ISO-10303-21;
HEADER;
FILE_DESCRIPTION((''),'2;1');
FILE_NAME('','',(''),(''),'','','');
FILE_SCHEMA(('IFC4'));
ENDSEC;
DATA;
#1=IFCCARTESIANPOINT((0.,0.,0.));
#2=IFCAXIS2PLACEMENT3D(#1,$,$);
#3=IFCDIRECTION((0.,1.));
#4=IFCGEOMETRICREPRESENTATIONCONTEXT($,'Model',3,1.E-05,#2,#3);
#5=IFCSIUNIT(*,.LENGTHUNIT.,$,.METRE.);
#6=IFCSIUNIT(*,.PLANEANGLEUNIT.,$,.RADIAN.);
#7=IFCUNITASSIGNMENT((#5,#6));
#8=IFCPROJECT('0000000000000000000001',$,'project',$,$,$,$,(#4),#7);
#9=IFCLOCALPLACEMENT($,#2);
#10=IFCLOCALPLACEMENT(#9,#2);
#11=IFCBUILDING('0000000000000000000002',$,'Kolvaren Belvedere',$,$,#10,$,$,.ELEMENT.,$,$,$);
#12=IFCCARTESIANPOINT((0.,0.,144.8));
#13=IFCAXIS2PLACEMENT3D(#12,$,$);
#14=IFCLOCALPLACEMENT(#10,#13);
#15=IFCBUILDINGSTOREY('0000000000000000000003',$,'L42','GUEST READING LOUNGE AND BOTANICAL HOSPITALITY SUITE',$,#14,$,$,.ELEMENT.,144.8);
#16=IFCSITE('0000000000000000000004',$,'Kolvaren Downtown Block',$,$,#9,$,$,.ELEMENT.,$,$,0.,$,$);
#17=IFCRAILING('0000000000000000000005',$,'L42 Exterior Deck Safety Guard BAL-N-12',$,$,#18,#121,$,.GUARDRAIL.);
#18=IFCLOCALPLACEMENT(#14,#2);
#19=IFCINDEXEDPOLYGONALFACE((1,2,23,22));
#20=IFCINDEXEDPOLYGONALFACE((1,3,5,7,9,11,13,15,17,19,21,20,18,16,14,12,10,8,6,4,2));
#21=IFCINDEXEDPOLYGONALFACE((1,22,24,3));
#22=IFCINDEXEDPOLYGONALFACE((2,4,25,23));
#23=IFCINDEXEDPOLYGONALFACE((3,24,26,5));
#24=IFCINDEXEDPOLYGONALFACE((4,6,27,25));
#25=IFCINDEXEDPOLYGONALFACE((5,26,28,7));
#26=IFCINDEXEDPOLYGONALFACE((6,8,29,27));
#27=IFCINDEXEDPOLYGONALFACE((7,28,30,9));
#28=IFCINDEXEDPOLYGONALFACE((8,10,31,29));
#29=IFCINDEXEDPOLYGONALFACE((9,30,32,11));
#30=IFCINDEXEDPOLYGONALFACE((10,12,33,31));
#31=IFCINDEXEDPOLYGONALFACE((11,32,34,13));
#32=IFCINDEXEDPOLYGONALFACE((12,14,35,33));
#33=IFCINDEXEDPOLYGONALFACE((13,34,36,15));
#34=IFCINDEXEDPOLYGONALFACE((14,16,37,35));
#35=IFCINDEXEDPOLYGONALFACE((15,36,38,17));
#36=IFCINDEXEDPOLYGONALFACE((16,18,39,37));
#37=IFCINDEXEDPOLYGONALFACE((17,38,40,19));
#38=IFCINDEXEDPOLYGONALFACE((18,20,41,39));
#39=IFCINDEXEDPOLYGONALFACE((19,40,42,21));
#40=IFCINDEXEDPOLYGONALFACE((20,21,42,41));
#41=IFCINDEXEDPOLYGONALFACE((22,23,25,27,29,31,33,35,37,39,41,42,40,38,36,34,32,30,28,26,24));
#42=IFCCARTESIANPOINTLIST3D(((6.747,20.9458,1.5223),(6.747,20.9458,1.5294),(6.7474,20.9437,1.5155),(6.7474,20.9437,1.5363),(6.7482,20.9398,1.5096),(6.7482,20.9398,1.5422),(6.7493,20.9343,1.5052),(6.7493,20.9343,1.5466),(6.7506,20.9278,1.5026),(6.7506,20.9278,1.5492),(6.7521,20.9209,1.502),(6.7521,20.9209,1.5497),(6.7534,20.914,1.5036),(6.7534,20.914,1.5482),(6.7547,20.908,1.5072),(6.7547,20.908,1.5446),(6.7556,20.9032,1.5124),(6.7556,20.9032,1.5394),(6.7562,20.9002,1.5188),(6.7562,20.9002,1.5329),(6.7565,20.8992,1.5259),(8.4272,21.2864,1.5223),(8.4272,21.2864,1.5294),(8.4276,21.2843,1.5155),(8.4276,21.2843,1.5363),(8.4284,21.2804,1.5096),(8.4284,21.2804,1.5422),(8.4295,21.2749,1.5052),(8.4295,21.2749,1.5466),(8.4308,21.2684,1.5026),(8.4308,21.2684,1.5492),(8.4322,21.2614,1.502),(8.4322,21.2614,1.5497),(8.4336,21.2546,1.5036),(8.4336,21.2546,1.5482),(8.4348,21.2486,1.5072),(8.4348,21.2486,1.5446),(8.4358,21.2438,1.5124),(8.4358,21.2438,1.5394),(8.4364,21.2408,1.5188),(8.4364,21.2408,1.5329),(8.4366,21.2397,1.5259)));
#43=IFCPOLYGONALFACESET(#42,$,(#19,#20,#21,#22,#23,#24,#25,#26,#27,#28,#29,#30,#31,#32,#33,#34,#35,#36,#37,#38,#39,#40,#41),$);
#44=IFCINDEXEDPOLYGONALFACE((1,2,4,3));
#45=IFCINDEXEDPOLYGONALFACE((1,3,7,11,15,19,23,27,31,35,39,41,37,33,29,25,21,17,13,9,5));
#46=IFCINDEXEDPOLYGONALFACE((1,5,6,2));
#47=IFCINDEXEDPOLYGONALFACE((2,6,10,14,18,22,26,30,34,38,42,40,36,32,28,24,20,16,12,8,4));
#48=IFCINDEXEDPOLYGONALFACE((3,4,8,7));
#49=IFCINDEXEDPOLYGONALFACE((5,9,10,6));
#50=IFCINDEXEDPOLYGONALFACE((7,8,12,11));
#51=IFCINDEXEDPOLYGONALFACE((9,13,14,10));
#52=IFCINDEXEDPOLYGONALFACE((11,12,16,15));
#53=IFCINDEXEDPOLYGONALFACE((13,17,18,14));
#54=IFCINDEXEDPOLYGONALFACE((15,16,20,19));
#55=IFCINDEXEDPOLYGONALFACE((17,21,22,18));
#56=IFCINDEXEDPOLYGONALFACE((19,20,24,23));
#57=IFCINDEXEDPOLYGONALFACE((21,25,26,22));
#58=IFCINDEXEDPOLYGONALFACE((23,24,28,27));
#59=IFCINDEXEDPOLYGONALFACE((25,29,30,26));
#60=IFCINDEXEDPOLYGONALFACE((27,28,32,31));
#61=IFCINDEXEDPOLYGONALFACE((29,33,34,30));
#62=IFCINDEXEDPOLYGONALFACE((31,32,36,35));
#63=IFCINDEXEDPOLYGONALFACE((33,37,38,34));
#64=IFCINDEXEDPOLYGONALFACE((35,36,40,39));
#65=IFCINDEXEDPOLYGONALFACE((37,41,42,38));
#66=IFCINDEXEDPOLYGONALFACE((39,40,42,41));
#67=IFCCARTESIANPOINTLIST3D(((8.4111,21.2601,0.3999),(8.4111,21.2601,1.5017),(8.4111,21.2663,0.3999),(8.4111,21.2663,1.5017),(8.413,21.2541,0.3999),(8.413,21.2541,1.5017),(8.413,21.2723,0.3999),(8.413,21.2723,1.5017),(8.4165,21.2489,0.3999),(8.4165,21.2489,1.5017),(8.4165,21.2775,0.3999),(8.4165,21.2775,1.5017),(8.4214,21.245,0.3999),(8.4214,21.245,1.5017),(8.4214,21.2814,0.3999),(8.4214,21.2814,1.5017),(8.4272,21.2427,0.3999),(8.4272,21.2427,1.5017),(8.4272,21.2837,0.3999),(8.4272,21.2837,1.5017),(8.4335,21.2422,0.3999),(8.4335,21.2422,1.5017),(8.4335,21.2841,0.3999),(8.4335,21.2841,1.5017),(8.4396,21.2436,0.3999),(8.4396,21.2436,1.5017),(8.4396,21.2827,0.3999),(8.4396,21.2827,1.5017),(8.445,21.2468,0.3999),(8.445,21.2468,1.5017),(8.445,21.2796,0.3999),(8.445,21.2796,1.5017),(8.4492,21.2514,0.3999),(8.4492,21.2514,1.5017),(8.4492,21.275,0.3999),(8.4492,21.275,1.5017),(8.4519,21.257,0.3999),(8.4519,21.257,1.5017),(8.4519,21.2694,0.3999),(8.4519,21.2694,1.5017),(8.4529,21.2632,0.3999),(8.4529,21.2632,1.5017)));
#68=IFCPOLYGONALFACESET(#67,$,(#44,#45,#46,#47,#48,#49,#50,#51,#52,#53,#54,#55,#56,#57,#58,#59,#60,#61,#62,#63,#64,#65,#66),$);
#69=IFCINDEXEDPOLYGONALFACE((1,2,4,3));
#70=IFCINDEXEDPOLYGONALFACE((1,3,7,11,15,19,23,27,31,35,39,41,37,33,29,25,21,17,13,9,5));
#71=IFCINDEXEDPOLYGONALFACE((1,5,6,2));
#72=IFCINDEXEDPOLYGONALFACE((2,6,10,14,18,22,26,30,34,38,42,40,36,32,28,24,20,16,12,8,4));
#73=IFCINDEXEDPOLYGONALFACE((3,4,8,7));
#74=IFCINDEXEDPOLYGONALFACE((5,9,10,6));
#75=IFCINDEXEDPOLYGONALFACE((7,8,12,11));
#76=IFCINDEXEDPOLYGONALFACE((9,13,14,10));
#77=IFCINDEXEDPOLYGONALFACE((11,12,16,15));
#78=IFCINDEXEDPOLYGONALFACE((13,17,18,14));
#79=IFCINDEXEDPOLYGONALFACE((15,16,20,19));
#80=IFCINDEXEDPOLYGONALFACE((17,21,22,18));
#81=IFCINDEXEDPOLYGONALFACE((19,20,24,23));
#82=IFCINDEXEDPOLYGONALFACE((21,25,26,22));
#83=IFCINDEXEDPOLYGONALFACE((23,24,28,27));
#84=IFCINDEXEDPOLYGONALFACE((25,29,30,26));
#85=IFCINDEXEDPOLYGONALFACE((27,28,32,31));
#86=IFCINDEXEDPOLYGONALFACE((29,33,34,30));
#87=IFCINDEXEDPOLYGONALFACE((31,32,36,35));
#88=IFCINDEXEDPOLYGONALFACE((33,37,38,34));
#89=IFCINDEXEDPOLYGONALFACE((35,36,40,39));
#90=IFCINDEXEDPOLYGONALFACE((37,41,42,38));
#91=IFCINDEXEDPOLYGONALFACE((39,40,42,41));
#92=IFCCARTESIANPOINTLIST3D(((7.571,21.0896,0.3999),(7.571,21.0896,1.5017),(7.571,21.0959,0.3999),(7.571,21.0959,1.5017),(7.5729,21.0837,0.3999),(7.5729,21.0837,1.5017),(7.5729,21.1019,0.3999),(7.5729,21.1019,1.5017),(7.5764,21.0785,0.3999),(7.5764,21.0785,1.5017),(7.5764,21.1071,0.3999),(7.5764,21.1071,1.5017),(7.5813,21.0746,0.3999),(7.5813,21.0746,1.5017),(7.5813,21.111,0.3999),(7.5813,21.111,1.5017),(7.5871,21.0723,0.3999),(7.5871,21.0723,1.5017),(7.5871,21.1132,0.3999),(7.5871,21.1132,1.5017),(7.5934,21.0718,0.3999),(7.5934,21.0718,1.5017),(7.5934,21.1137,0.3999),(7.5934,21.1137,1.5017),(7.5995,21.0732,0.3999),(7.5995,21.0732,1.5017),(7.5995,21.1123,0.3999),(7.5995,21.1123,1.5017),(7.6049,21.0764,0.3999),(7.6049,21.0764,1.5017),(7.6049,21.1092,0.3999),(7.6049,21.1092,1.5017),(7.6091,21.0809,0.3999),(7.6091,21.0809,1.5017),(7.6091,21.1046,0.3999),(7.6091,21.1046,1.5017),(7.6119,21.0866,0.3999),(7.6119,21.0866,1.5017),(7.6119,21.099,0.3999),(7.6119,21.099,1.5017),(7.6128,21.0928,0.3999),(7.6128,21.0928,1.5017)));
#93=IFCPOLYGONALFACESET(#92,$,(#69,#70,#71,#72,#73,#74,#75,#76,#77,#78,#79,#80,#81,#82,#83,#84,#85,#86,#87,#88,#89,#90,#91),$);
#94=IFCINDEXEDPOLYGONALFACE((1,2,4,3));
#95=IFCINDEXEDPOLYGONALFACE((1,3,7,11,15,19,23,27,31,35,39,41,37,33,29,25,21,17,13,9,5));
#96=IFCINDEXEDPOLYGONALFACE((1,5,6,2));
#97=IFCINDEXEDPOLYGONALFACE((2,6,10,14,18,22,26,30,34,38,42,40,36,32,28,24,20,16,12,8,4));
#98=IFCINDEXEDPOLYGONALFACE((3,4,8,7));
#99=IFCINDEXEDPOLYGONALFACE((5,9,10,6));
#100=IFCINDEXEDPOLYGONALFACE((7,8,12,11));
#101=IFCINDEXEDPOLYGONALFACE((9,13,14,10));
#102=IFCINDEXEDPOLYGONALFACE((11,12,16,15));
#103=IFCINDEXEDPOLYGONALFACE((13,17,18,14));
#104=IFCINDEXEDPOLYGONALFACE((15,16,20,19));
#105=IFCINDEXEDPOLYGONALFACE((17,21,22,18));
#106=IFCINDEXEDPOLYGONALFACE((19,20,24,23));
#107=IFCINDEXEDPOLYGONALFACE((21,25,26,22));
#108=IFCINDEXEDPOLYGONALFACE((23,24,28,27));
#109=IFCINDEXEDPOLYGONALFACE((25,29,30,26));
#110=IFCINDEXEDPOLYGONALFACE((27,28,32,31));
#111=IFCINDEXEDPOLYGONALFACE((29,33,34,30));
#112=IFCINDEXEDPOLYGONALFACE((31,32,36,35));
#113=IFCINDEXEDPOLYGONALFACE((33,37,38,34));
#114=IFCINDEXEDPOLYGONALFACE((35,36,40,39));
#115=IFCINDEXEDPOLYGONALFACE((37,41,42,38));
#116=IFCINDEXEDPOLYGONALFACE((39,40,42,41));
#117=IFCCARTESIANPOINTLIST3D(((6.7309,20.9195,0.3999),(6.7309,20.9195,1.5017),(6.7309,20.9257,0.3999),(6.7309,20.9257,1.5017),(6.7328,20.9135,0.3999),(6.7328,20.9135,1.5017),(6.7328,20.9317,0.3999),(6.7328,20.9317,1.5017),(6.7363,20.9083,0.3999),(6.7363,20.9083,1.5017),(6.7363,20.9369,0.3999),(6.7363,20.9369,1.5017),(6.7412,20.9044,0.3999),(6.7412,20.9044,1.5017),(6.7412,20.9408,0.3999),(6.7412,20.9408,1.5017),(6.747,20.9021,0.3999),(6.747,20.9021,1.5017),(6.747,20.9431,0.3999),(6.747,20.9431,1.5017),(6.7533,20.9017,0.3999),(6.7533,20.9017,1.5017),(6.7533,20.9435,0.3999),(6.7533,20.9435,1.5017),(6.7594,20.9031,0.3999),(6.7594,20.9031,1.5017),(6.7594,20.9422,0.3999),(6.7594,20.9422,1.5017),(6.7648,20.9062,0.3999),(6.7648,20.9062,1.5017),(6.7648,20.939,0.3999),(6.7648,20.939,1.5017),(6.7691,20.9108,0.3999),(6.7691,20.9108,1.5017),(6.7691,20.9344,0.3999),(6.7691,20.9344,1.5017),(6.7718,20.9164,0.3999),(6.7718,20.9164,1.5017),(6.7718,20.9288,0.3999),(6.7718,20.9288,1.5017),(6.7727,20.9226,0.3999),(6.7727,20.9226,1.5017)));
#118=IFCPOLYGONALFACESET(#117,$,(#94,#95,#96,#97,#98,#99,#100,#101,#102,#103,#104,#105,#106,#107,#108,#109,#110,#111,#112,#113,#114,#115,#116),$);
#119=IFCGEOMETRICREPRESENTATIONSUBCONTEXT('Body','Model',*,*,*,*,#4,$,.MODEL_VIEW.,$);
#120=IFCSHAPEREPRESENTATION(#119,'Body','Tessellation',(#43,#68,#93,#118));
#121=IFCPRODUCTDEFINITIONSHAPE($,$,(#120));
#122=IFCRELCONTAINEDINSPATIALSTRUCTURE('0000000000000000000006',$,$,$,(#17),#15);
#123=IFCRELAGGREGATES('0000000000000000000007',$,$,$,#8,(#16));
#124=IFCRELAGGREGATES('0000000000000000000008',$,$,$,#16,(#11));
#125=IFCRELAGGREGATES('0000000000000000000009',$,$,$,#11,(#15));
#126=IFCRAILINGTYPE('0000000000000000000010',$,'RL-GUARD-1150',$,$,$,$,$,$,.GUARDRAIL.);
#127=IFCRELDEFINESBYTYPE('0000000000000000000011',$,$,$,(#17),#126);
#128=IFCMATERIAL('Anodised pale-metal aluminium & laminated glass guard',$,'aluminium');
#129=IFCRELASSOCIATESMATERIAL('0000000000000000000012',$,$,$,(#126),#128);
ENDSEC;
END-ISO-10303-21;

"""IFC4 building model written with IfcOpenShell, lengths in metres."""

from ifc_helpers import new_model, si_unit, direction, frame, origin, origin_2d, place, context, subcontext, project, spatial, circle, extrude, material, type_object, element, save


model = new_model("IFC4")

# Units and contexts
model_context = context("Model", 3, precision=1e-05, world=origin(), true_north=direction((0.0, 1.0)))
body_context = subcontext(model_context, "Body", "Model", "MODEL_VIEW")
ifc_project = project(units=[si_unit("LENGTHUNIT", "METRE"), si_unit("PLANEANGLEUNIT", "RADIAN")], contexts=[model_context])

# Site, building, storey
site_placement = place(None, origin())
site = spatial("IfcSite", under=ifc_project, at=site_placement, Name="Kolvaren Downtown Block", CompositionType="ELEMENT", RefElevation=0.0)
building_placement = place(site_placement, origin())
building = spatial("IfcBuilding", under=site, at=building_placement, Name="Kolvaren Belvedere", CompositionType="ELEMENT")
storey_placement = place(building_placement, frame((0.0, 0.0, 144.8)))
storey = spatial("IfcBuildingStorey", under=building, at=storey_placement, Name="L42", Description="GUEST READING LOUNGE AND BOTANICAL HOSPITALITY SUITE", CompositionType="ELEMENT", Elevation=144.8)

# Railing
ifc_material_1 = material(Name="Anodised pale-metal aluminium & laminated glass guard", Category="aluminium")
railing_type = type_object("IfcRailingType", Name="RL-GUARD-1150", PredefinedType="GUARDRAIL", material=ifc_material_1)
railing_1_placement = place(storey_placement, frame((8.4319, 21.2632, 0.3999)))
element("IfcRailing", 1, at=railing_1_placement, inside=storey, type_object=railing_type, Name="L42 Exterior Deck Safety Guard BAL-N-12", PredefinedType="GUARDRAIL", context=body_context, shape_type="SweptSolid", body=[
    extrude(circle(Radius=0.0239, at=origin_2d()), frame((0.0, 0.0, 1.126), z_axis=(-0.980068, -0.198662, 0.0), x_axis=(0.198662, -0.980068, 0.0)), (0.0, 0.0, 1.0), 1.7144),
    extrude(circle(Radius=0.021, at=origin_2d()), origin(), (0.0, 0.0, 1.0), 1.1018),
    extrude(circle(Radius=0.021, at=origin_2d()), frame((-0.8401, -0.1704, 0.0)), (0.0, 0.0, 1.0), 1.1018),
    extrude(circle(Radius=0.021, at=origin_2d()), frame((-1.6802, -0.3406, 0.0)), (0.0, 0.0, 1.0), 1.1018),
])

save(model, "model.ifc")
